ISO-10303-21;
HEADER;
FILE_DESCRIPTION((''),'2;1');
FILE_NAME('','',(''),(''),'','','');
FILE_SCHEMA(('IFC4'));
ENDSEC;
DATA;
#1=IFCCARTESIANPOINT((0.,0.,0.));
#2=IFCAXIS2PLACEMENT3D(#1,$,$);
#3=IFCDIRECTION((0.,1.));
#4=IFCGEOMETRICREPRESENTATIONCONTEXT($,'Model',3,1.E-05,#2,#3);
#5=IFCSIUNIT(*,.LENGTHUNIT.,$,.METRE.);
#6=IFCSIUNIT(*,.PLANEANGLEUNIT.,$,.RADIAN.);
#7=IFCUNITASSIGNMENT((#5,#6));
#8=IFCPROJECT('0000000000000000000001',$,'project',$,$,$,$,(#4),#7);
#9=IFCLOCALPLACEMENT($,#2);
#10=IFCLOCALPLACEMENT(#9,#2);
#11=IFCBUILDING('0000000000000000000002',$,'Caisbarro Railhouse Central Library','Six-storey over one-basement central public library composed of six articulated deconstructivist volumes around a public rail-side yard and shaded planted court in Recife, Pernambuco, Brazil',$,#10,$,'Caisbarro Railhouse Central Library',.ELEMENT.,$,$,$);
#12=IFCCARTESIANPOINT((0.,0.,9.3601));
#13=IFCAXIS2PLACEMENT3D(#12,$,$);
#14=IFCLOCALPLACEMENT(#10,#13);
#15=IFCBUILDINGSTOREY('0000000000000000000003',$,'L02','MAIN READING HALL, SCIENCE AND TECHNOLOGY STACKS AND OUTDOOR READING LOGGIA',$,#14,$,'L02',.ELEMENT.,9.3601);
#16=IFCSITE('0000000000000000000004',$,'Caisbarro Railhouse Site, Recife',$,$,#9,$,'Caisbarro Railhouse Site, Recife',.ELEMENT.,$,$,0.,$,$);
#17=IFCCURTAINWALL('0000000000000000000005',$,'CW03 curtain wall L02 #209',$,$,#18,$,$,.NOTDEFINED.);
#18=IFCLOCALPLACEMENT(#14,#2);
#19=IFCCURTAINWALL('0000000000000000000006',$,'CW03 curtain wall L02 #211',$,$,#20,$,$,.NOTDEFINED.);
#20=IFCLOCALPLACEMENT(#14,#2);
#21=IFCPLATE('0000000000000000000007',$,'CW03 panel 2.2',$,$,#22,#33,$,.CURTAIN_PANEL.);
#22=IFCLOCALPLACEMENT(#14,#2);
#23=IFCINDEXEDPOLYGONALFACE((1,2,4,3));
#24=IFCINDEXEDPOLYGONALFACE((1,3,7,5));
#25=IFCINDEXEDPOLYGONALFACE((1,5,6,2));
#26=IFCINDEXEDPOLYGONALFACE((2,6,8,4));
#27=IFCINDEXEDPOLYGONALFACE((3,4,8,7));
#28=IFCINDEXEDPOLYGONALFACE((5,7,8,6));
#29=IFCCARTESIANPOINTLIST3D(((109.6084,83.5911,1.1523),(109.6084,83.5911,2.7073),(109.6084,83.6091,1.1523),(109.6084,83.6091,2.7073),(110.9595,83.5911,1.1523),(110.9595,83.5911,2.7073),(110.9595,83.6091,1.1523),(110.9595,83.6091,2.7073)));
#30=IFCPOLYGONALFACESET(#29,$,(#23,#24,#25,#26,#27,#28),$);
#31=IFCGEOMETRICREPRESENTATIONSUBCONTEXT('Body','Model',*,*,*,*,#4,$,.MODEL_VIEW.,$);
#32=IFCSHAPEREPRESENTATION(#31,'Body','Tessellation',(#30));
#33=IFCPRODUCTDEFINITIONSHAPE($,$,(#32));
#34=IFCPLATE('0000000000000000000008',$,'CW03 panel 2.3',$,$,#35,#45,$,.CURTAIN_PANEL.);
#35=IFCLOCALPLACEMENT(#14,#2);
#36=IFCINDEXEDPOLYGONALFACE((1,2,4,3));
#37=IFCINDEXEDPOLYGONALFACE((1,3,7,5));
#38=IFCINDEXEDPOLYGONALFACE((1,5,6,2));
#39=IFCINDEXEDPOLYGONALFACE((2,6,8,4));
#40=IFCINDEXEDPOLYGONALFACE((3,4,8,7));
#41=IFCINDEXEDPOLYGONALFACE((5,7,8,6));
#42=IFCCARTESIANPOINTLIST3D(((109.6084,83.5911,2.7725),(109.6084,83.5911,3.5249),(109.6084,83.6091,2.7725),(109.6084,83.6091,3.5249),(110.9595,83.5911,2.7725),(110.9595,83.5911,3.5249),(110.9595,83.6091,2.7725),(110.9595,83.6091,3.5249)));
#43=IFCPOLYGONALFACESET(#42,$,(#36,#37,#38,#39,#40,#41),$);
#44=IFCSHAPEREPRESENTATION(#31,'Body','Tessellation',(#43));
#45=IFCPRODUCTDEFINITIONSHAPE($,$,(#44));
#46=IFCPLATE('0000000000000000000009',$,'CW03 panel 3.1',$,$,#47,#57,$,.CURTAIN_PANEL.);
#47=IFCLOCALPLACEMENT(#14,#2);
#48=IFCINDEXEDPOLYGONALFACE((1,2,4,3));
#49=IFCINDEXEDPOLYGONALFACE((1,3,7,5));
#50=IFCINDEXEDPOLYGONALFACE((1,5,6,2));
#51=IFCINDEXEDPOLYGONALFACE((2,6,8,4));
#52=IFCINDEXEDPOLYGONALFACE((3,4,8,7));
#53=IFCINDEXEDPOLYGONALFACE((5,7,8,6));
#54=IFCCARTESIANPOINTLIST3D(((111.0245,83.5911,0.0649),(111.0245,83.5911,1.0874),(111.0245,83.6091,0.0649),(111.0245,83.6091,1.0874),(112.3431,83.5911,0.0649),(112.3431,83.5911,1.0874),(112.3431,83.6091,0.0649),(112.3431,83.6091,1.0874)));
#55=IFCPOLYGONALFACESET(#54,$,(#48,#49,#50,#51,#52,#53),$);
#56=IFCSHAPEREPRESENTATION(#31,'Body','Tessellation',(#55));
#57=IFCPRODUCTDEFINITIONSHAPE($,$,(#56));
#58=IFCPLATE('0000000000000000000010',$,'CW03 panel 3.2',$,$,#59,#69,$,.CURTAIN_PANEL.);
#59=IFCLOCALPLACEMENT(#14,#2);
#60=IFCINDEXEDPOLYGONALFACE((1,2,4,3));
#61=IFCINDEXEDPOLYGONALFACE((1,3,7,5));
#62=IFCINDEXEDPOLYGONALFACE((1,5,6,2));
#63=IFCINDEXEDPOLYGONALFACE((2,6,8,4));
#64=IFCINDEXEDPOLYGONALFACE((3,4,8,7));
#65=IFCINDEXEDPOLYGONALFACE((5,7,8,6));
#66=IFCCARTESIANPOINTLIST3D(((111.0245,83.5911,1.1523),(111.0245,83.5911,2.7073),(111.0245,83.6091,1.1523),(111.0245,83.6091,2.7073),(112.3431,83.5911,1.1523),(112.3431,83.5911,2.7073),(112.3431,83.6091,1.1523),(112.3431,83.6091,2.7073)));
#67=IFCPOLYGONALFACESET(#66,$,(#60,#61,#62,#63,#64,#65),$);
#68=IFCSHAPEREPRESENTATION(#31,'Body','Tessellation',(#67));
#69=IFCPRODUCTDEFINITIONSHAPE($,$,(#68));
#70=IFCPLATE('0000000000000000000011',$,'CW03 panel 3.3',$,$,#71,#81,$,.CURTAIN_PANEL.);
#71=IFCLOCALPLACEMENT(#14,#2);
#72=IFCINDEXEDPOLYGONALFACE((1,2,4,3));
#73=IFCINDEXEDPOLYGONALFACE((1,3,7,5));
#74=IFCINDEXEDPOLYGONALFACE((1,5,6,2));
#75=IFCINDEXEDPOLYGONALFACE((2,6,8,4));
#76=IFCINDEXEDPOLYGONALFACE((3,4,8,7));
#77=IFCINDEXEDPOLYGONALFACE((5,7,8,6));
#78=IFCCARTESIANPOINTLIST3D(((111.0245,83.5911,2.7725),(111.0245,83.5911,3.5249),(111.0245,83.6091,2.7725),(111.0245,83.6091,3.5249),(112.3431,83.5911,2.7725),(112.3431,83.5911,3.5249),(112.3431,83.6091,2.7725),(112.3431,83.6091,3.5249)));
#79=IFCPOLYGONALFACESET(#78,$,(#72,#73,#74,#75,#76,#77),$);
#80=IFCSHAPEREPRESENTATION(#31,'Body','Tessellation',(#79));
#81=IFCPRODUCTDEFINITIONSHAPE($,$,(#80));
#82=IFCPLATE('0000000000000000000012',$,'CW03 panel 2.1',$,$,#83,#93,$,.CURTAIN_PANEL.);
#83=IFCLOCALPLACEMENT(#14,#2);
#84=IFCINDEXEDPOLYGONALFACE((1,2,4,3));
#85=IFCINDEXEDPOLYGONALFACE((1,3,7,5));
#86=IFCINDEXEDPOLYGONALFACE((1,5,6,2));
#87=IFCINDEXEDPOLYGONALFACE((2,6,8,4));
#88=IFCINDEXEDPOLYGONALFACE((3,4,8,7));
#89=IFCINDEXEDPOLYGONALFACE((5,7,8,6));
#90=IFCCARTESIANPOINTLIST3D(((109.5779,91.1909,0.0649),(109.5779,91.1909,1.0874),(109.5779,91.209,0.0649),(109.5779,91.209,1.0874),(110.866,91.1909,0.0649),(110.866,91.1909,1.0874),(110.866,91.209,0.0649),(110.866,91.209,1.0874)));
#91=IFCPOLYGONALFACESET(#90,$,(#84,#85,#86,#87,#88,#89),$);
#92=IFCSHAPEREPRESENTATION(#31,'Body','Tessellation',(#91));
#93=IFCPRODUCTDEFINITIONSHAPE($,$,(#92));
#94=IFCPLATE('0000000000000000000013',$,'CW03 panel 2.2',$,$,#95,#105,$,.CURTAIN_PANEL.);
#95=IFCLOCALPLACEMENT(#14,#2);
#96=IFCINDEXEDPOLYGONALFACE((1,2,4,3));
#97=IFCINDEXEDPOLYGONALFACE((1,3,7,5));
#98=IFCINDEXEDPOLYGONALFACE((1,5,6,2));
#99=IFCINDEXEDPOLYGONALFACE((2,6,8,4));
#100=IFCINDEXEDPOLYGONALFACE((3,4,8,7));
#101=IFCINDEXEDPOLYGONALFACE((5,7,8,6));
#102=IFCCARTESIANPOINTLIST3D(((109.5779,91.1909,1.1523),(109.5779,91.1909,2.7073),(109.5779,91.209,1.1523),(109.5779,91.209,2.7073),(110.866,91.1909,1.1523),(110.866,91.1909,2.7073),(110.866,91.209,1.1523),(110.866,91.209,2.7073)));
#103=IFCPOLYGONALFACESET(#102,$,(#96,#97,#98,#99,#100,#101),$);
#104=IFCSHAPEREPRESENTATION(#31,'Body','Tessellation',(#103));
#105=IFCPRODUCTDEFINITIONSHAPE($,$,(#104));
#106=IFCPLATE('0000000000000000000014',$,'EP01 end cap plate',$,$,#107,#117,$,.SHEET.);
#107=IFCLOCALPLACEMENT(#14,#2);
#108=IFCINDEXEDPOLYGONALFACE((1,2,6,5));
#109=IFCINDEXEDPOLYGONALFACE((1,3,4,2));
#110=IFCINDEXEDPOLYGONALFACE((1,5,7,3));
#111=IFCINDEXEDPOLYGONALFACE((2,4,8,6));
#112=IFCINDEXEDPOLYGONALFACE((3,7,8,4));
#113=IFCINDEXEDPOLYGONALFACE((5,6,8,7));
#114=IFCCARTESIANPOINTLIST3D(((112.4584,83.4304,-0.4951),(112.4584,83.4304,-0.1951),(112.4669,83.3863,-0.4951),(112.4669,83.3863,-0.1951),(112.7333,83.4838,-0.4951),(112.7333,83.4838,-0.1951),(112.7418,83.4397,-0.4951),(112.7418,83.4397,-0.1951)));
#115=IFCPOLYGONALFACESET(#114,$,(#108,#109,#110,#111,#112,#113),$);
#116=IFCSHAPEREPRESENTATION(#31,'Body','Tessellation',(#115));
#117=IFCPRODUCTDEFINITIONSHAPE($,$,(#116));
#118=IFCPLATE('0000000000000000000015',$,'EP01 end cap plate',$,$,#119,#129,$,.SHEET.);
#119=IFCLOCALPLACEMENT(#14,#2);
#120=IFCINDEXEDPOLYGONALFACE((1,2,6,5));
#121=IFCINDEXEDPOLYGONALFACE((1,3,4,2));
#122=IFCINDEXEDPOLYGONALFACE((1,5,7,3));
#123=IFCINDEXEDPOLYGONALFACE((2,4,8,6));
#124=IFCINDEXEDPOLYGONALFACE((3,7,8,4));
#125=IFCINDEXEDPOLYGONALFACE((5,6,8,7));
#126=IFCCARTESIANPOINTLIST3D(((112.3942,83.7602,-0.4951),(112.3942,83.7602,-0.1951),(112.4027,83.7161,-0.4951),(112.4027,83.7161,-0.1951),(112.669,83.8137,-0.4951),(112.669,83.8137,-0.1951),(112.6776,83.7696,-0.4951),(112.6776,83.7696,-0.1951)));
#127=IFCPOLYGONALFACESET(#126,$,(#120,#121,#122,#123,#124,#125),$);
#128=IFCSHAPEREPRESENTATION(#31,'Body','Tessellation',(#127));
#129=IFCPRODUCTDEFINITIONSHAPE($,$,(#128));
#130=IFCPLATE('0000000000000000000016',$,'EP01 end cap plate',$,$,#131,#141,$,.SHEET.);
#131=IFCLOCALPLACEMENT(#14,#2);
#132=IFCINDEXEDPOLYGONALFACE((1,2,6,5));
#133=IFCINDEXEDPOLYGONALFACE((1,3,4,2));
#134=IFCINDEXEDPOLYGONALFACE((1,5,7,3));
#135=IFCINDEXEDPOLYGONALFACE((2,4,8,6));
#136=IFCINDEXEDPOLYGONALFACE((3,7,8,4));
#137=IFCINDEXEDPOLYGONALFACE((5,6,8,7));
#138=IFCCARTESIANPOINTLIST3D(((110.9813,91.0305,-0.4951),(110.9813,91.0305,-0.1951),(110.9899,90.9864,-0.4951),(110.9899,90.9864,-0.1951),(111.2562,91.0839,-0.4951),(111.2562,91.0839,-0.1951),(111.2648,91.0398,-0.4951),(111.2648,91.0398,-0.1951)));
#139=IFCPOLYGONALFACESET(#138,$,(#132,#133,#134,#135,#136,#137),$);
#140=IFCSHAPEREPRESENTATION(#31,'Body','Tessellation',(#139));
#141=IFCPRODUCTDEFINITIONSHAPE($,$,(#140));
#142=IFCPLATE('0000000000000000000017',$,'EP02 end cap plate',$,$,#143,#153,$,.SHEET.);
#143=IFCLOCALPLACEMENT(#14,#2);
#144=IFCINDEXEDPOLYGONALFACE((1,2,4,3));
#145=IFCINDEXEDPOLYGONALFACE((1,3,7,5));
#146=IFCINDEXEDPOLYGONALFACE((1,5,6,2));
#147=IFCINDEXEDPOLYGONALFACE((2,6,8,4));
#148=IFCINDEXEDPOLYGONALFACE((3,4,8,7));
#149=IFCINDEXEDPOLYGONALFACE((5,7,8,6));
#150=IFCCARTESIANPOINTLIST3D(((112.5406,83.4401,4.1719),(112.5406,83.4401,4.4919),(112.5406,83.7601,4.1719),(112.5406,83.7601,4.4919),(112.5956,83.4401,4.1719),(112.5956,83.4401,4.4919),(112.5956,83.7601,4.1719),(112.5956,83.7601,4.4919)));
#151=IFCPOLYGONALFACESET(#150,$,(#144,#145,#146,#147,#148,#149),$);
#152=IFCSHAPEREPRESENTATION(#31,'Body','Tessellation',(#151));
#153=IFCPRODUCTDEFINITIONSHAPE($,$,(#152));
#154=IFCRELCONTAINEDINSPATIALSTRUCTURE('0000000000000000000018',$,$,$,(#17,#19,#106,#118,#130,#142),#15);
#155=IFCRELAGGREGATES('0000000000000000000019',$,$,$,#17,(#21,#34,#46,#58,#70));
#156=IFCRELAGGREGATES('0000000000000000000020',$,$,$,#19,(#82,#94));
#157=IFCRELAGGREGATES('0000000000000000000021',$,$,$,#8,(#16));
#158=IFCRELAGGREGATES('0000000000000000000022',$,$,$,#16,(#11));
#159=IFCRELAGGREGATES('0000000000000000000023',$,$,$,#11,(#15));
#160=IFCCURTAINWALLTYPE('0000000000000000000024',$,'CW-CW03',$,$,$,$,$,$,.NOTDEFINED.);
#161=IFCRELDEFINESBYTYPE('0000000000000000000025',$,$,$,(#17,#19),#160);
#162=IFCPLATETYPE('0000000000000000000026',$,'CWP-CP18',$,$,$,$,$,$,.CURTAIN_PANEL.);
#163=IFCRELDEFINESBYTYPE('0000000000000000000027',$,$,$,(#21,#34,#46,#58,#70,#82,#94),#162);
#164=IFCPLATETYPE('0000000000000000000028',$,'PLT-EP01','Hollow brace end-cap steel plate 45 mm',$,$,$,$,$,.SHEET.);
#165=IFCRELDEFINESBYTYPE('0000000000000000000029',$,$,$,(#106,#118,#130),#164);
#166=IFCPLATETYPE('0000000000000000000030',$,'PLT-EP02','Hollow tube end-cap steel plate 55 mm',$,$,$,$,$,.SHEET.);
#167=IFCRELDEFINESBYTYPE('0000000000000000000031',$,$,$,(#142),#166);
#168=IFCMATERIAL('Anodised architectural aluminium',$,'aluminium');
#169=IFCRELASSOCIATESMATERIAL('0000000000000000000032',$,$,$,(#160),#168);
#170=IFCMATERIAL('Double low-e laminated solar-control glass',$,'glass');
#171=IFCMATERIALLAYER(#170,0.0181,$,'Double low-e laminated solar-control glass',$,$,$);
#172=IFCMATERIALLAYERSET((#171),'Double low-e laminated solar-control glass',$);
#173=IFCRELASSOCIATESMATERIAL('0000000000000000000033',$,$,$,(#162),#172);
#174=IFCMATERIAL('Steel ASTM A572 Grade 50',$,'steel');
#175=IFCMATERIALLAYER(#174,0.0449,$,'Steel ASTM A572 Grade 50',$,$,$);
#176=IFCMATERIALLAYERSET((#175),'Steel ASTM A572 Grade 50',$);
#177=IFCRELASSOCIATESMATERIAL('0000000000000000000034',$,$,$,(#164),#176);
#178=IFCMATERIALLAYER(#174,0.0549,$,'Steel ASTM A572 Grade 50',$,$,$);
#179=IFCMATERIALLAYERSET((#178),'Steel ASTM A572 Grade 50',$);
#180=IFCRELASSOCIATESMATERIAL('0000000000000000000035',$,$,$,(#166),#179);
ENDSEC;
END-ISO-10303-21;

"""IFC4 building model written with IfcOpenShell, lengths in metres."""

from ifc_helpers import new_model, si_unit, direction, frame, origin, origin_2d, place, context, subcontext, project, spatial, rectangle, extrude, material, layer, layer_set, type_object, element, aggregate, save


model = new_model("IFC4")

# Units and contexts
model_context = context("Model", 3, precision=1e-05, world=origin(), true_north=direction((0.0, 1.0)))
body_context = subcontext(model_context, "Body", "Model", "MODEL_VIEW")
ifc_project = project(units=[si_unit("LENGTHUNIT", "METRE"), si_unit("PLANEANGLEUNIT", "RADIAN")], contexts=[model_context])

# Site, building, storey
site_placement = place(None, origin())
site = spatial("IfcSite", under=ifc_project, at=site_placement, Name="Caisbarro Railhouse Site, Recife", LongName="Caisbarro Railhouse Site, Recife", CompositionType="ELEMENT", RefElevation=0.0)
building_placement = place(site_placement, origin())
building = spatial("IfcBuilding", under=site, at=building_placement, Name="Caisbarro Railhouse Central Library", Description="Six-storey over one-basement central public library composed of six articulated deconstructivist volumes around a public rail-side yard and shaded planted court in Recife, Pernambuco, Brazil", LongName="Caisbarro Railhouse Central Library", CompositionType="ELEMENT")
storey_placement = place(building_placement, frame((0.0, 0.0, 9.3601)))
storey = spatial("IfcBuildingStorey", under=building, at=storey_placement, Name="L02", Description="MAIN READING HALL, SCIENCE AND TECHNOLOGY STACKS AND OUTDOOR READING LOGGIA", LongName="L02", CompositionType="ELEMENT", Elevation=9.3601)

# Shared definitions
ifc_material_1 = material(Name="Steel ASTM A572 Grade 50", Category="steel")

# Curtain wall
ifc_material_2 = material(Name="Anodised architectural aluminium", Category="aluminium")
curtain_wall_type = type_object("IfcCurtainWallType", Name="CW-CW03", PredefinedType="NOTDEFINED", material=ifc_material_2)
curtain_wall_1_placement = place(storey_placement, origin())
curtain_wall_1 = element("IfcCurtainWall", 1, at=curtain_wall_1_placement, inside=storey, type_object=curtain_wall_type, Name="CW03 curtain wall L02 #209", PredefinedType="NOTDEFINED")

# Curtain wall
curtain_wall_2_placement = place(storey_placement, origin())
curtain_wall_2 = element("IfcCurtainWall", 2, at=curtain_wall_2_placement, inside=storey, type_object=curtain_wall_type, Name="CW03 curtain wall L02 #211", PredefinedType="NOTDEFINED")

# Plates
ifc_material_3 = material(Name="Double low-e laminated solar-control glass", Category="glass")
ifc_layer_1 = layer(ifc_material_3, 0.0181, Name="Double low-e laminated solar-control glass")
ifc_layer_set_1 = layer_set([ifc_layer_1], Name="Double low-e laminated solar-control glass")
plate_type_1 = type_object("IfcPlateType", Name="CWP-CP18", PredefinedType="CURTAIN_PANEL", material=ifc_layer_set_1)
plate_1_placement = place(storey_placement, frame((110.2839, 83.6001, 1.1523), z_axis=(0.0, 0.0, 1.0), x_axis=(1.0, 0.0, 0.0)))
plate_1 = element("IfcPlate", 3, at=plate_1_placement, type_object=plate_type_1, Name="CW03 panel 2.2", PredefinedType="CURTAIN_PANEL", context=body_context, shape_type="SweptSolid", body=[
    extrude(rectangle(XDim=1.3511, YDim=0.0181, at=origin_2d()), origin(), (0.0, 0.0, 1.0), 1.5549),
])
plate_2_placement = place(storey_placement, frame((110.2839, 83.6001, 2.7725), z_axis=(0.0, 0.0, 1.0), x_axis=(1.0, 0.0, 0.0)))
plate_2 = element("IfcPlate", 4, at=plate_2_placement, type_object=plate_type_1, Name="CW03 panel 2.3", PredefinedType="CURTAIN_PANEL", context=body_context, shape_type="SweptSolid", body=[
    extrude(rectangle(XDim=1.3511, YDim=0.0181, at=origin_2d()), origin(), (0.0, 0.0, 1.0), 0.7524),
])
plate_3_placement = place(storey_placement, frame((111.6838, 83.6001, 0.0649), z_axis=(0.0, 0.0, 1.0), x_axis=(1.0, 0.0, 0.0)))
plate_3 = element("IfcPlate", 5, at=plate_3_placement, type_object=plate_type_1, Name="CW03 panel 3.1", PredefinedType="CURTAIN_PANEL", context=body_context, shape_type="SweptSolid", body=[
    extrude(rectangle(XDim=1.3186, YDim=0.0181, at=origin_2d()), origin(), (0.0, 0.0, 1.0), 1.0225),
])
plate_4_placement = place(storey_placement, frame((111.6838, 83.6001, 1.1523), z_axis=(0.0, 0.0, 1.0), x_axis=(1.0, 0.0, 0.0)))
plate_4 = element("IfcPlate", 6, at=plate_4_placement, type_object=plate_type_1, Name="CW03 panel 3.2", PredefinedType="CURTAIN_PANEL", context=body_context, shape_type="SweptSolid", body=[
    extrude(rectangle(XDim=1.3186, YDim=0.0181, at=origin_2d()), origin(), (0.0, 0.0, 1.0), 1.5549),
])
plate_5_placement = place(storey_placement, frame((111.6838, 83.6001, 2.7725), z_axis=(0.0, 0.0, 1.0), x_axis=(1.0, 0.0, 0.0)))
plate_5 = element("IfcPlate", 7, at=plate_5_placement, type_object=plate_type_1, Name="CW03 panel 3.3", PredefinedType="CURTAIN_PANEL", context=body_context, shape_type="SweptSolid", body=[
    extrude(rectangle(XDim=1.3186, YDim=0.0181, at=origin_2d()), origin(), (0.0, 0.0, 1.0), 0.7524),
])
aggregate(curtain_wall_1, [plate_1, plate_2, plate_3, plate_4, plate_5])
plate_6_placement = place(storey_placement, frame((110.2219, 91.2, 0.0649), z_axis=(0.0, 0.0, 1.0), x_axis=(1.0, 0.0, 0.0)))
plate_6 = element("IfcPlate", 8, at=plate_6_placement, type_object=plate_type_1, Name="CW03 panel 2.1", PredefinedType="CURTAIN_PANEL", context=body_context, shape_type="SweptSolid", body=[
    extrude(rectangle(XDim=1.2881, YDim=0.0181, at=origin_2d()), origin(), (0.0, 0.0, 1.0), 1.0225),
])
plate_7_placement = place(storey_placement, frame((110.2219, 91.2, 1.1523), z_axis=(0.0, 0.0, 1.0), x_axis=(1.0, 0.0, 0.0)))
plate_7 = element("IfcPlate", 9, at=plate_7_placement, type_object=plate_type_1, Name="CW03 panel 2.2", PredefinedType="CURTAIN_PANEL", context=body_context, shape_type="SweptSolid", body=[
    extrude(rectangle(XDim=1.2881, YDim=0.0181, at=origin_2d()), origin(), (0.0, 0.0, 1.0), 1.5549),
])
aggregate(curtain_wall_2, [plate_6, plate_7])

# Plates
ifc_layer_2 = layer(ifc_material_1, 0.0449, Name="Steel ASTM A572 Grade 50")
ifc_layer_set_2 = layer_set([ifc_layer_2], Name="Steel ASTM A572 Grade 50")
plate_type_2 = type_object("IfcPlateType", Name="PLT-EP01", Description="Hollow brace end-cap steel plate 45 mm", PredefinedType="SHEET", material=ifc_layer_set_2)
for number, where, z_axis, x_axis, name in (
    (10, (112.6001, 83.4351, -0.4951), (0.0, 0.0, 1.0), (-0.190809, 0.981627, 0.0), "EP01 end cap plate"),
    (11, (112.5359, 83.7649, -0.4951), (0.0, 0.0, 1.0), (-0.190809, 0.981627, 0.0), "EP01 end cap plate"),
    (12, (111.123, 91.0352, -0.4951), (0.0, 0.0, 1.0), (-0.190809, 0.981627, 0.0), "EP01 end cap plate"),
):
    element("IfcPlate", number, at=place(storey_placement, frame(where, z_axis=z_axis, x_axis=x_axis)), inside=storey, type_object=plate_type_2, Name=name, PredefinedType="SHEET", context=body_context, shape_type="SweptSolid", body=[
        extrude(rectangle(XDim=0.0449, YDim=0.28, at=origin_2d()), origin(), (0.0, 0.0, 1.0), 0.3),
    ])
ifc_layer_3 = layer(ifc_material_1, 0.0549, Name="Steel ASTM A572 Grade 50")
ifc_layer_set_3 = layer_set([ifc_layer_3], Name="Steel ASTM A572 Grade 50")
plate_type_3 = type_object("IfcPlateType", Name="PLT-EP02", Description="Hollow tube end-cap steel plate 55 mm", PredefinedType="SHEET", material=ifc_layer_set_3)
plate_8_placement = place(storey_placement, frame((112.5681, 83.6001, 4.1719), z_axis=(0.0, 0.0, 1.0), x_axis=(1.0, 0.0, 0.0)))
element("IfcPlate", 13, at=plate_8_placement, inside=storey, type_object=plate_type_3, Name="EP02 end cap plate", PredefinedType="SHEET", context=body_context, shape_type="SweptSolid", body=[
    extrude(rectangle(XDim=0.0549, YDim=0.3201, at=origin_2d()), origin(), (0.0, 0.0, 1.0), 0.3201),
])

save(model, "model.ifc")
